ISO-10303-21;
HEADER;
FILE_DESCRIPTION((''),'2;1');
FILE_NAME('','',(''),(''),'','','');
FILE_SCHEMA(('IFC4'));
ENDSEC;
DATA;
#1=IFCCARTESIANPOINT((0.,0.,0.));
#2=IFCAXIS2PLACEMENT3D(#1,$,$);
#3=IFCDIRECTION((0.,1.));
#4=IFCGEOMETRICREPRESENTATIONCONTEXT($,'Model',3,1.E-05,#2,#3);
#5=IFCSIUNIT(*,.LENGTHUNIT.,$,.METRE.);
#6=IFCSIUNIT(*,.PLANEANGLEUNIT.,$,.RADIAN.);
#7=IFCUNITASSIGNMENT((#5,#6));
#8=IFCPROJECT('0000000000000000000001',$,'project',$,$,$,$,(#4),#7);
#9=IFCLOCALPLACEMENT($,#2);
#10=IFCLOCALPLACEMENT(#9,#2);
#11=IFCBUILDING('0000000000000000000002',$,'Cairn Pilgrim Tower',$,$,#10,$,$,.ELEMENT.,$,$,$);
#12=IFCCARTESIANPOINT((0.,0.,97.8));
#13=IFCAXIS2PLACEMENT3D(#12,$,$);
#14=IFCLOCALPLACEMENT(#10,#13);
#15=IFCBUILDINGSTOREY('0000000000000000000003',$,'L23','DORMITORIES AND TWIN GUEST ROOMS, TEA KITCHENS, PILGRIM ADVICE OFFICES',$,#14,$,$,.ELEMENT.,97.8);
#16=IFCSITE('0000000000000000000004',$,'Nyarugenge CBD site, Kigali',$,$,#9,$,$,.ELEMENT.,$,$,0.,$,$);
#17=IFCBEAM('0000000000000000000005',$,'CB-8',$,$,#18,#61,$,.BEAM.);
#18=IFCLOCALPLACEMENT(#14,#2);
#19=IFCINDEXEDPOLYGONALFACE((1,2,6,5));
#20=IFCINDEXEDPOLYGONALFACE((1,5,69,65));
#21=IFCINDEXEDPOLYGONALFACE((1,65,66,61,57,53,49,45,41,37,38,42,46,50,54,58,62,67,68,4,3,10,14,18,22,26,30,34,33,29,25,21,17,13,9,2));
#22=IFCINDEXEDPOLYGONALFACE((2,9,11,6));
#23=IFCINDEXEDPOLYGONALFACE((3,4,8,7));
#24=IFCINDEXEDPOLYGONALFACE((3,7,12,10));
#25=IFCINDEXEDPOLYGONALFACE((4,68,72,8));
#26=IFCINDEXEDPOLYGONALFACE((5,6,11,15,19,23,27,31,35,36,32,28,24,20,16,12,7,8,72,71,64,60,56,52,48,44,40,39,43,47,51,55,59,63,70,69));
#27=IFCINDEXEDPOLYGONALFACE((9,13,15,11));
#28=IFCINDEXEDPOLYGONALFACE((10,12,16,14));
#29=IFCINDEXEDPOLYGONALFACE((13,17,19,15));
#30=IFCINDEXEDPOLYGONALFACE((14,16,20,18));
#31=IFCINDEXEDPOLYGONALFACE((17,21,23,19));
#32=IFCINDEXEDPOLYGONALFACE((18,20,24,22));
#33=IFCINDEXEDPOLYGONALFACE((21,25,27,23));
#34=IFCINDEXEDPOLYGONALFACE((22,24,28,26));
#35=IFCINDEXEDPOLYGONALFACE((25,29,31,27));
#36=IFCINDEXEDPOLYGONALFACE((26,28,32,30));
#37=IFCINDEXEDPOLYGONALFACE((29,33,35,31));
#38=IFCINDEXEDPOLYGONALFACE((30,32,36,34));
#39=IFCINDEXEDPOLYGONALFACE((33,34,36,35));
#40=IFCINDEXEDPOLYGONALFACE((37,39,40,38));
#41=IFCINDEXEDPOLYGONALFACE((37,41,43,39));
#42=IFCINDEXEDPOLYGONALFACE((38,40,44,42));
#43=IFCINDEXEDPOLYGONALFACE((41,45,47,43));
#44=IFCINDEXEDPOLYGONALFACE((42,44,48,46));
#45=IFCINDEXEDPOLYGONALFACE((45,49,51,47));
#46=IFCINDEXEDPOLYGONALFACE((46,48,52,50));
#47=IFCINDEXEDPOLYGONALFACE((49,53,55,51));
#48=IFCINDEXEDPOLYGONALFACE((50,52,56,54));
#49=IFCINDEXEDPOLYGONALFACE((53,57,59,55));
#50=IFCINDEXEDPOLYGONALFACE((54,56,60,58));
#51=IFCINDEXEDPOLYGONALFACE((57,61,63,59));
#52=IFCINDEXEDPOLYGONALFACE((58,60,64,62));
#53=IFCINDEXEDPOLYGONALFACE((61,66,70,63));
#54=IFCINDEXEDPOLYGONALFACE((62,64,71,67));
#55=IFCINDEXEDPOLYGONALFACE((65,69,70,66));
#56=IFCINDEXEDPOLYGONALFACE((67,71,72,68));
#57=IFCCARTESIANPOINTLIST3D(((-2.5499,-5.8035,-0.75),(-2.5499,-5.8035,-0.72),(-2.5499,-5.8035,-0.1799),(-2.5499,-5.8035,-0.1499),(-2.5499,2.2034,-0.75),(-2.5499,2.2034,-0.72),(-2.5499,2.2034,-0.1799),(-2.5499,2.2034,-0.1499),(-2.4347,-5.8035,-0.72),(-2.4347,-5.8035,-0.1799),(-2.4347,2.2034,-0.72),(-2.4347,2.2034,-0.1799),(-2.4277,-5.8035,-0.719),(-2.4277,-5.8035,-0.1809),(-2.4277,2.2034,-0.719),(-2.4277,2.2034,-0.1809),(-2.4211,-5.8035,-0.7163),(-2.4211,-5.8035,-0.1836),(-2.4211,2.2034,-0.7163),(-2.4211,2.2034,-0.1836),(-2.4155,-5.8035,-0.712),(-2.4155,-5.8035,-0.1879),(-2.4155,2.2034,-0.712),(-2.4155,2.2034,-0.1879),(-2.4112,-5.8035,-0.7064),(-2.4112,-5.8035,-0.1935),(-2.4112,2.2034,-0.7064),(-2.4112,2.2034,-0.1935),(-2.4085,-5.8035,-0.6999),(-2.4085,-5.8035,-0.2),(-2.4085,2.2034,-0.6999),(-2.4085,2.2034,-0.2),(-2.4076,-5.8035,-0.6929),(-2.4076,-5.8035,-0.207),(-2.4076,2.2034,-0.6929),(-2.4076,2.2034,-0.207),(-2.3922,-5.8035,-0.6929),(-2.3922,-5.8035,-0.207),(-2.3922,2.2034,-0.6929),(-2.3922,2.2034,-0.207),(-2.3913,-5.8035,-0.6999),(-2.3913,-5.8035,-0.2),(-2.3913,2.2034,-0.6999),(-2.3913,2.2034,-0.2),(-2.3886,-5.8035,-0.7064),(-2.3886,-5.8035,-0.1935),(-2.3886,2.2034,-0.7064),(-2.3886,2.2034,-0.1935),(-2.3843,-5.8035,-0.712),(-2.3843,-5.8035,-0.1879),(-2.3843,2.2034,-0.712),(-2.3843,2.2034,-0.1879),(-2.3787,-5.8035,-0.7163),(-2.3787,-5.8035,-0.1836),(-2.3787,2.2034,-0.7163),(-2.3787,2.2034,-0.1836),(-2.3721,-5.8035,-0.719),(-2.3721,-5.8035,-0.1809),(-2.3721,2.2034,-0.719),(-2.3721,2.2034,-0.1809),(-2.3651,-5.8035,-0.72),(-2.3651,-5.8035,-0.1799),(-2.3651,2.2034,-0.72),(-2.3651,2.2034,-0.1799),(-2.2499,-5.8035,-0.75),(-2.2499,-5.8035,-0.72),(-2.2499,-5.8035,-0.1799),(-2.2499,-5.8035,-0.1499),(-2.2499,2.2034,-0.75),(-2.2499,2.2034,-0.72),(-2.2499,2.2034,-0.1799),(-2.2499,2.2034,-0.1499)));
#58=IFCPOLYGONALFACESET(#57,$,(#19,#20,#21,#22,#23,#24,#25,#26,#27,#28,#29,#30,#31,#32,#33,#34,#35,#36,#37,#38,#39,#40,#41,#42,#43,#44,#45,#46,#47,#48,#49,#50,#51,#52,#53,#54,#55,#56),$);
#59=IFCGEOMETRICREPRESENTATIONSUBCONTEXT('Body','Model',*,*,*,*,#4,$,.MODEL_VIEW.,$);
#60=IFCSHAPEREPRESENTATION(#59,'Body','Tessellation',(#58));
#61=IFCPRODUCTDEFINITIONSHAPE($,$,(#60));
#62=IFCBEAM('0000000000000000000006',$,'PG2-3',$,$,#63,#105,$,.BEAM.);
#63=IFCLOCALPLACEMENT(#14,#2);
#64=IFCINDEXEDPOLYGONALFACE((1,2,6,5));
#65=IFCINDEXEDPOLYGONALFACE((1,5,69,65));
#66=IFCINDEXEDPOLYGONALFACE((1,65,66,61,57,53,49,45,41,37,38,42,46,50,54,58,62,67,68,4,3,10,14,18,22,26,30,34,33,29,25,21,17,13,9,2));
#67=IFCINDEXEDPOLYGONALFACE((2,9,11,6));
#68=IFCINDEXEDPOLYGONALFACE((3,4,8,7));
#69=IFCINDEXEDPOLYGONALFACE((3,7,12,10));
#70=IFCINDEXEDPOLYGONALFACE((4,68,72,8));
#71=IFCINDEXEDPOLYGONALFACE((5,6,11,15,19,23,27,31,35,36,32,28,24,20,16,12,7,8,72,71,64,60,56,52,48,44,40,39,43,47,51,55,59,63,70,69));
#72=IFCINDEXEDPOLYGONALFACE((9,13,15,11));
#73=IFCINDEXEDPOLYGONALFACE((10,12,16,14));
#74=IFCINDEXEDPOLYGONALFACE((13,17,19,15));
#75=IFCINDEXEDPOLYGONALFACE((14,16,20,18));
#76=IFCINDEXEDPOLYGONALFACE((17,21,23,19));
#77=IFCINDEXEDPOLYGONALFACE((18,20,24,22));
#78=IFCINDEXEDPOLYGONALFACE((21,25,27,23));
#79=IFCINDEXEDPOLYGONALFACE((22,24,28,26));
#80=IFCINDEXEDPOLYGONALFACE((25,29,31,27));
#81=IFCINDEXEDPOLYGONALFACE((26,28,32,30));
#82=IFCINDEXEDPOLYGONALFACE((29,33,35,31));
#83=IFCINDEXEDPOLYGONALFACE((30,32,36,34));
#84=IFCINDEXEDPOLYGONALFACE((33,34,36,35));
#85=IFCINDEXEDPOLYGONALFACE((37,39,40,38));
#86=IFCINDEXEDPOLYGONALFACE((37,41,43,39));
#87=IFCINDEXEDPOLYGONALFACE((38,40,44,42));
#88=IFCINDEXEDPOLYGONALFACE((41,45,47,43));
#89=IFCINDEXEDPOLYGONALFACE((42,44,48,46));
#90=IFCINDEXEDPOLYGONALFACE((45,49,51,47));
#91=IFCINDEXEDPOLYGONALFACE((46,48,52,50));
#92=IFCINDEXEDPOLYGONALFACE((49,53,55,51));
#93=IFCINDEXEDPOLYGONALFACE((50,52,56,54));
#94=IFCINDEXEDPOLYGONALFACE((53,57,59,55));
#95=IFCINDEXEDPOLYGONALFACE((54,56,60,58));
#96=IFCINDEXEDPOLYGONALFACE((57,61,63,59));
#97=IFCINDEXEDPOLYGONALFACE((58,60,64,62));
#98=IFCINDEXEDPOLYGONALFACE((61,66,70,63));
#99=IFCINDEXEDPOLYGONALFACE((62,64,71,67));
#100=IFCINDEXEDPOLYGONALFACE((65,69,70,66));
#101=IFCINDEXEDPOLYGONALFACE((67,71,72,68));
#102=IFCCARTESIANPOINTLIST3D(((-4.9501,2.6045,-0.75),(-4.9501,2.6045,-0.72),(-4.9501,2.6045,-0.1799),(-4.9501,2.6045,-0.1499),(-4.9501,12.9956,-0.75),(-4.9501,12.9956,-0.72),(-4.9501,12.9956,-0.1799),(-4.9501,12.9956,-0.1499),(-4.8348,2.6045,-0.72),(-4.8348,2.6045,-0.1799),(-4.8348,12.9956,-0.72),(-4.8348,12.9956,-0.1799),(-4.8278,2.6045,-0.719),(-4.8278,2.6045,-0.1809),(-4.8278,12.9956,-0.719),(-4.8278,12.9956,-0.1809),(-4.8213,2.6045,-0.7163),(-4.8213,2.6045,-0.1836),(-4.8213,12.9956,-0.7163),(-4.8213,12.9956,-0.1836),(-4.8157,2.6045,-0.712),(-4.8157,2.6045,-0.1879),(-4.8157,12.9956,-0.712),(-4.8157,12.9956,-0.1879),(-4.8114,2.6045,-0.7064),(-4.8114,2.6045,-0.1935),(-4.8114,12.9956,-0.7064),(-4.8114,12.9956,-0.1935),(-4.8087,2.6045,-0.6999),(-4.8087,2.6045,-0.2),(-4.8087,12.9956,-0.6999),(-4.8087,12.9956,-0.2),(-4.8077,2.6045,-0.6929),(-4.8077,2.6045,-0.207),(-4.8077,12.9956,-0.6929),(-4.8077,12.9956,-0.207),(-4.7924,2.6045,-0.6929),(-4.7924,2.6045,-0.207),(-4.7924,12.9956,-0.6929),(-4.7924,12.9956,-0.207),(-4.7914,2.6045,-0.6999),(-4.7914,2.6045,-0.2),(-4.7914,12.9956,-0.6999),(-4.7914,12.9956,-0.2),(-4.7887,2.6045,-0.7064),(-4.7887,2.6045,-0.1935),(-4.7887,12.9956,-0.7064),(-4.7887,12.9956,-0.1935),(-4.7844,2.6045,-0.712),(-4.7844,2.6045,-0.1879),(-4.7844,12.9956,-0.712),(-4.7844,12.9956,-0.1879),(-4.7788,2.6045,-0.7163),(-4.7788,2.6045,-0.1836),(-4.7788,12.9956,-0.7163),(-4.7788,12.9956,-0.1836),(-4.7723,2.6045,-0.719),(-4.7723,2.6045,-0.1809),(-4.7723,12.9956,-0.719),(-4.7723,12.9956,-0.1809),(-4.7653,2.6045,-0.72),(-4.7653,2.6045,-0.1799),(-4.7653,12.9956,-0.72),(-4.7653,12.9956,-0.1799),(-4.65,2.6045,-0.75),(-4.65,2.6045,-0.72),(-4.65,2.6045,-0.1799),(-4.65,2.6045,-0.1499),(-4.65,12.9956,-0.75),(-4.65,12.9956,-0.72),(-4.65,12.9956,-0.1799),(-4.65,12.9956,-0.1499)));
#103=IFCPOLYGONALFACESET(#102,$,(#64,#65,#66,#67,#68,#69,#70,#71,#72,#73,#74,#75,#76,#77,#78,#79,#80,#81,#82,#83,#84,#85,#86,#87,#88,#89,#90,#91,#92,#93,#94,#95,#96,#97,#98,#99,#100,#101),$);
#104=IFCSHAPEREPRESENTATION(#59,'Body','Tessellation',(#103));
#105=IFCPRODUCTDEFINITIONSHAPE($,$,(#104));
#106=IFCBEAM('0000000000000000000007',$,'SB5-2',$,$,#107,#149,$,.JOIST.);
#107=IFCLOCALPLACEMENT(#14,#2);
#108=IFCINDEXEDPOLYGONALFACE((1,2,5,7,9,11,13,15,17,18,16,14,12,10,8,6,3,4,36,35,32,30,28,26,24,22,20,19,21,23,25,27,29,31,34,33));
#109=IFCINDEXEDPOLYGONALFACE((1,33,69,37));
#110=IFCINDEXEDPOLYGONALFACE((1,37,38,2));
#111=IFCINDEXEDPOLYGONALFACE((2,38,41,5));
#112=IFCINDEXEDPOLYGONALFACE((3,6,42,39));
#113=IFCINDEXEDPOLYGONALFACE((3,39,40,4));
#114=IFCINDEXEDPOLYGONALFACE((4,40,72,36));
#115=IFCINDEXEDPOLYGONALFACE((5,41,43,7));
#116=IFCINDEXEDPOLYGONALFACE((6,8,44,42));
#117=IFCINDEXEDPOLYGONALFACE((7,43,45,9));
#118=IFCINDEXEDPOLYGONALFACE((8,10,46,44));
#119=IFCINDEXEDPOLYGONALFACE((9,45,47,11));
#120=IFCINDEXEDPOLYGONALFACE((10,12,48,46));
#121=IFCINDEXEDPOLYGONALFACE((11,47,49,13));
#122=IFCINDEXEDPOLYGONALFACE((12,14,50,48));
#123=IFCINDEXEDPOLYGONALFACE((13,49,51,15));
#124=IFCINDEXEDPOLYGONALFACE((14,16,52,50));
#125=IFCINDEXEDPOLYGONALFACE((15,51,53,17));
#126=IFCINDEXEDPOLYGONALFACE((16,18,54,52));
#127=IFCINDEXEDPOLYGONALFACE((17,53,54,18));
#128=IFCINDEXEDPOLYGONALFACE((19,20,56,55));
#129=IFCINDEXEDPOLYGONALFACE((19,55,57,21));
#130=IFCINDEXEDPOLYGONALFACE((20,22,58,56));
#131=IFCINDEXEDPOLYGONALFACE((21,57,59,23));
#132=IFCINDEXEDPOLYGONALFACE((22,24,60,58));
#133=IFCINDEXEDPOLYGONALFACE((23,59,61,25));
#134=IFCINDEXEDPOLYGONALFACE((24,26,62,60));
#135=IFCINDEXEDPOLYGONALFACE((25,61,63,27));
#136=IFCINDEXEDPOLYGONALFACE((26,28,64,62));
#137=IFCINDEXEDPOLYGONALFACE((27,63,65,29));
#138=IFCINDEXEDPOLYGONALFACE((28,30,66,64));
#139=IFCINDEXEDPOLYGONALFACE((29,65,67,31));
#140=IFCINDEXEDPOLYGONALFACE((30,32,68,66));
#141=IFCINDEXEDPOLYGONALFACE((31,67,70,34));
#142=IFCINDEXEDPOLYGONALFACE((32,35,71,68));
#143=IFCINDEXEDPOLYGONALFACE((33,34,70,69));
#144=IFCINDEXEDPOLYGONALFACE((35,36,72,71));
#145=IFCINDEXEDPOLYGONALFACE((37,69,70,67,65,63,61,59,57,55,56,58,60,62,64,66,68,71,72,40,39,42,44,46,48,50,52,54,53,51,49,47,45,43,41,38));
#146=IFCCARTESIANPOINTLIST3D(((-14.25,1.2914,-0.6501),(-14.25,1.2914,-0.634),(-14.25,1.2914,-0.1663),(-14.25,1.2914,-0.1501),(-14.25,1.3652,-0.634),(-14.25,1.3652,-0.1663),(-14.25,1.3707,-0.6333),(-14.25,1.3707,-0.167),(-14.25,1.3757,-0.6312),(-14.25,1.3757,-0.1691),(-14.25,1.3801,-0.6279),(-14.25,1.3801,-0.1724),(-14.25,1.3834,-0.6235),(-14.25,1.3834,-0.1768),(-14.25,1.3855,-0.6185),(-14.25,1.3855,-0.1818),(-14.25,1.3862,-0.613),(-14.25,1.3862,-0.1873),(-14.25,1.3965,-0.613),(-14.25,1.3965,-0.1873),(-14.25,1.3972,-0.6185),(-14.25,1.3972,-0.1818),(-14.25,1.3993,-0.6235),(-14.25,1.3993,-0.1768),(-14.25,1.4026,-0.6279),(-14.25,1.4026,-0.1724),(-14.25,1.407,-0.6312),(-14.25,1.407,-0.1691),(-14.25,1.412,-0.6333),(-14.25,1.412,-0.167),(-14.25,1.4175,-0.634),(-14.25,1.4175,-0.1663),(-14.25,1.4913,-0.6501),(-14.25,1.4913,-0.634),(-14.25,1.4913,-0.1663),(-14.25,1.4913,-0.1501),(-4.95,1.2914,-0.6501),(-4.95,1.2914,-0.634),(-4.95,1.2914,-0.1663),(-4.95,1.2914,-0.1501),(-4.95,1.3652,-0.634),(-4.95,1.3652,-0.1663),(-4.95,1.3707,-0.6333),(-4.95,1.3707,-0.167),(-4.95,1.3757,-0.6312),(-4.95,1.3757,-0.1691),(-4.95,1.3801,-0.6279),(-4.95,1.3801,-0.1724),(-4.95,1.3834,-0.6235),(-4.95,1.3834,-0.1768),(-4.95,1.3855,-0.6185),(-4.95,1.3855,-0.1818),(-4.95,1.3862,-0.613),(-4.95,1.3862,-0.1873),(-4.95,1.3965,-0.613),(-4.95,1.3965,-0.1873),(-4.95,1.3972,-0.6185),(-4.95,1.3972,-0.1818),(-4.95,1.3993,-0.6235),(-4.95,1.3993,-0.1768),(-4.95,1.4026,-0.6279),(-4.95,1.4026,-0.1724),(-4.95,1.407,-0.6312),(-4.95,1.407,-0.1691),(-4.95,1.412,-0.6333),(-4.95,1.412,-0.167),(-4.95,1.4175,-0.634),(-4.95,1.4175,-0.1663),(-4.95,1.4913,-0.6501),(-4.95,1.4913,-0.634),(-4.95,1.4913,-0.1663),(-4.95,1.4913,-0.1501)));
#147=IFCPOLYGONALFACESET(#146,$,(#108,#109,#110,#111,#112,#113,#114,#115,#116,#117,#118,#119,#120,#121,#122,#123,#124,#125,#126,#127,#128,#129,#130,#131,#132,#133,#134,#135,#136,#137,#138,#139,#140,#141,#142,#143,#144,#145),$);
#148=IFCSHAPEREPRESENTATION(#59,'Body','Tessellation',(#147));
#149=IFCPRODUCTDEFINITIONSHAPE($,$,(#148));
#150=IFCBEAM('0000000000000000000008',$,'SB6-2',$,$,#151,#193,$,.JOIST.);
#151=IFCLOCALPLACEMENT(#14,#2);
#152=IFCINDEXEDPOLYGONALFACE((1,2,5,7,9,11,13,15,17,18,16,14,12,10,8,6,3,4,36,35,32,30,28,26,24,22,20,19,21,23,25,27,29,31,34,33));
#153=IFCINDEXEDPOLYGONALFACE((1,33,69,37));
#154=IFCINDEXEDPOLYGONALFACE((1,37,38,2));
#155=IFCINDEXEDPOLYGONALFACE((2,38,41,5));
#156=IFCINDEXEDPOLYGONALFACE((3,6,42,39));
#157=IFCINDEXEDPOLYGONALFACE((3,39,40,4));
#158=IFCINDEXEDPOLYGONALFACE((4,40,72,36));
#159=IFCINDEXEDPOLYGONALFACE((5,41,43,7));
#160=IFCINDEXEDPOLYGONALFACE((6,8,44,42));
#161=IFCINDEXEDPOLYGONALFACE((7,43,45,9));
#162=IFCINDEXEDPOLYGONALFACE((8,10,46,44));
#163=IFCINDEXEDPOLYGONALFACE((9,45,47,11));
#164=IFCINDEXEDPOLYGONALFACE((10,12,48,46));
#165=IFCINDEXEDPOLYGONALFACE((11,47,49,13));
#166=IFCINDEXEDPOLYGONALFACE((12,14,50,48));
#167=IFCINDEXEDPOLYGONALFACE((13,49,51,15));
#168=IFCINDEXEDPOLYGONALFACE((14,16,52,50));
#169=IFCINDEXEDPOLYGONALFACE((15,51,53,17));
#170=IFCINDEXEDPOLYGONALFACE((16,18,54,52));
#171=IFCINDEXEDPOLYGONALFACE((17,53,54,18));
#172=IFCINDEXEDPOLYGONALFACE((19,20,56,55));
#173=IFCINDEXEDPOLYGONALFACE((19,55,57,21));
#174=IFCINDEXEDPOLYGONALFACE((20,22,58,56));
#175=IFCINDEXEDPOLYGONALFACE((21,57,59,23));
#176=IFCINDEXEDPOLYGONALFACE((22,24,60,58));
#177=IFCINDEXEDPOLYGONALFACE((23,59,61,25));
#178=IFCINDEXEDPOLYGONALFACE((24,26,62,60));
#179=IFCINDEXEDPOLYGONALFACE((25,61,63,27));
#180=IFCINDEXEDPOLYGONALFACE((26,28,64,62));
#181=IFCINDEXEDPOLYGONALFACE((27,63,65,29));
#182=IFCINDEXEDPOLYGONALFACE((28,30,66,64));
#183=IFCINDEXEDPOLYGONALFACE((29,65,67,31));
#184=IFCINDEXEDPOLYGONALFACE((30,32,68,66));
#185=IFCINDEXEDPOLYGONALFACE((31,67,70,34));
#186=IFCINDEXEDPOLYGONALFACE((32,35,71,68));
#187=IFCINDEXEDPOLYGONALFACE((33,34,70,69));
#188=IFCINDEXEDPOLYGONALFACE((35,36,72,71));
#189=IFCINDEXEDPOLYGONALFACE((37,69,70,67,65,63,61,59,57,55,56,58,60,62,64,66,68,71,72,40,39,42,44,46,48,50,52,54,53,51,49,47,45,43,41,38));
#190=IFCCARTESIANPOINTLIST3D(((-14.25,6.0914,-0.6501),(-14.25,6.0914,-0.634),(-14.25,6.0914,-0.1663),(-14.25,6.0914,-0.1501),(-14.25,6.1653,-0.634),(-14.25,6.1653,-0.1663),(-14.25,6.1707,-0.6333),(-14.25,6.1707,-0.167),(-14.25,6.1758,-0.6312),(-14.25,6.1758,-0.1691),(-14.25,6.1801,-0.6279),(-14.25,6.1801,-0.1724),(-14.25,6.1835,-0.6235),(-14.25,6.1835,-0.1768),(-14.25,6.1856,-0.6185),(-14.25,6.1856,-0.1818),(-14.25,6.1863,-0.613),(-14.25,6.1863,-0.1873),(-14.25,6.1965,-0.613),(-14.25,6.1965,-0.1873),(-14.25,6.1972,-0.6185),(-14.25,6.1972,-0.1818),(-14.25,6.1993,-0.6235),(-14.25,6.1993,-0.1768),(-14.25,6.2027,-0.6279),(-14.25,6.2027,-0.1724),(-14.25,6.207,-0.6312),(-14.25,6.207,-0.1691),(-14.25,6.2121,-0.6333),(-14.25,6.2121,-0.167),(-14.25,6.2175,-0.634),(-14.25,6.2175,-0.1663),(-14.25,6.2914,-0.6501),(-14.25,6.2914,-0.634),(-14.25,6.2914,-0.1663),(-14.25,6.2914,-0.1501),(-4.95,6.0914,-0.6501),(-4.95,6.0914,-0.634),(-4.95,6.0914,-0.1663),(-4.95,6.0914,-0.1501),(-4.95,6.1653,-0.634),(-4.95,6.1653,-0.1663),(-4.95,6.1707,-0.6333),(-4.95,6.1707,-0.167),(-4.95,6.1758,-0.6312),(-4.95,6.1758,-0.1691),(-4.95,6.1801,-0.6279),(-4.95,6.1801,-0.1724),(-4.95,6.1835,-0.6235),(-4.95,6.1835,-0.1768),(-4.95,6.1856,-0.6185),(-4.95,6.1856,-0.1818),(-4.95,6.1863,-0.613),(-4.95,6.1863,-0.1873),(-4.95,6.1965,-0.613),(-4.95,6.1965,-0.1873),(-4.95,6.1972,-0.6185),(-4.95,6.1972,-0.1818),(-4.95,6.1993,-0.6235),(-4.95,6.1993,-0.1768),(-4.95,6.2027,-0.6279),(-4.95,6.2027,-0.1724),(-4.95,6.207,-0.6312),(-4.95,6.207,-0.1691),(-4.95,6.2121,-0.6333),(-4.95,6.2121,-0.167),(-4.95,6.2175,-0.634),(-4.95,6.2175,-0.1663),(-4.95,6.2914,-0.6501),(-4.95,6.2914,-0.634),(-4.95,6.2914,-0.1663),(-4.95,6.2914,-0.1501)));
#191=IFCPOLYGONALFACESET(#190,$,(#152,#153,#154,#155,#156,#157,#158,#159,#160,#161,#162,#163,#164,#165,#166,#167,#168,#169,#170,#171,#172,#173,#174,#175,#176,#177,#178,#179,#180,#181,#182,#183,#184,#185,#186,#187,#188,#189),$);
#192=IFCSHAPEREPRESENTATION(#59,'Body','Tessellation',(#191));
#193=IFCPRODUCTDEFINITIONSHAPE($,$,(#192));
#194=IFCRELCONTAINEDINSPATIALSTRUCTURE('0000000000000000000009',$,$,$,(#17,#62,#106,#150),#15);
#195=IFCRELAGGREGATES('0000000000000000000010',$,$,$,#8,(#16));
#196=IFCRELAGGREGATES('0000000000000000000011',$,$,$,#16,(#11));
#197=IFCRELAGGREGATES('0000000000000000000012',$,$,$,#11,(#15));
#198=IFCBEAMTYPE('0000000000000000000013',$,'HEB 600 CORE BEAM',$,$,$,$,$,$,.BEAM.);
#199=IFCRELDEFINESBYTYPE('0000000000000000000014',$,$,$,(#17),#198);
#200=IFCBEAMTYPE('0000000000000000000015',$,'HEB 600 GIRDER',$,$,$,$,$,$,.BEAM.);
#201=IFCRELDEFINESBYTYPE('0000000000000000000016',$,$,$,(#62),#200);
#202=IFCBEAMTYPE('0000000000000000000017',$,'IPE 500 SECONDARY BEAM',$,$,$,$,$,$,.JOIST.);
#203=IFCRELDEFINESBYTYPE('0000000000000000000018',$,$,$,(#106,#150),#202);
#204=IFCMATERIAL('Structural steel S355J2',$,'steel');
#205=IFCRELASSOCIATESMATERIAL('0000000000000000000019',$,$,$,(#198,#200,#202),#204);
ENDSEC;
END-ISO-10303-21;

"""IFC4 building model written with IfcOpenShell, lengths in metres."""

from ifc_helpers import new_model, si_unit, direction, frame, origin, origin_2d, place, context, subcontext, project, spatial, i_section, extrude, material, material_profile, profile_set, type_object, element, save


model = new_model("IFC4")

# Units and contexts
model_context = context("Model", 3, precision=1e-05, world=origin(), true_north=direction((0.0, 1.0)))
body_context = subcontext(model_context, "Body", "Model", "MODEL_VIEW")
ifc_project = project(units=[si_unit("LENGTHUNIT", "METRE"), si_unit("PLANEANGLEUNIT", "RADIAN")], contexts=[model_context])

# Site, building, storey
site_placement = place(None, origin())
site = spatial("IfcSite", under=ifc_project, at=site_placement, Name="Nyarugenge CBD site, Kigali", CompositionType="ELEMENT", RefElevation=0.0)
building_placement = place(site_placement, origin())
building = spatial("IfcBuilding", under=site, at=building_placement, Name="Cairn Pilgrim Tower", CompositionType="ELEMENT")
storey_placement = place(building_placement, frame((0.0, 0.0, 97.8)))
storey = spatial("IfcBuildingStorey", under=building, at=storey_placement, Name="L23", Description="DORMITORIES AND TWIN GUEST ROOMS, TEA KITCHENS, PILGRIM ADVICE OFFICES", CompositionType="ELEMENT", Elevation=97.8)

# Beams
ifc_material_1 = material(Name="Structural steel S355J2", Category="steel")
ifc_material_profile_1 = material_profile(ifc_material_1, i_section(OverallWidth=0.3, OverallDepth=0.6001, WebThickness=0.0154, FlangeThickness=0.03, FilletRadius=0.0271, at=origin_2d()), Name="HEB 600")
ifc_profile_set_1 = profile_set([ifc_material_profile_1], Name="Structural steel S355J2")
beam_type_1 = type_object("IfcBeamType", Name="HEB 600 CORE BEAM", PredefinedType="BEAM", material=ifc_profile_set_1)
for number, where, z_axis, x_axis, name in (
    (1, (-2.3999, 2.2034, -0.45), (0.0, -1.0, 0.0), (1.0, 0.0, 0.0), "CB-8"),
):
    element("IfcBeam", number, at=place(storey_placement, frame(where, z_axis=z_axis, x_axis=x_axis)), inside=storey, type_object=beam_type_1, Name=name, PredefinedType="BEAM", context=body_context, shape_type="SweptSolid", body=[
        extrude(i_section(OverallWidth=0.3, OverallDepth=0.6001, WebThickness=0.0154, FlangeThickness=0.03, FilletRadius=0.0271, at=origin_2d()), origin(), (0.0, 0.0, 1.0), 8.0068),
    ])
ifc_material_profile_2 = material_profile(ifc_material_1, i_section(OverallWidth=0.3, OverallDepth=0.6001, WebThickness=0.0154, FlangeThickness=0.03, FilletRadius=0.0271, at=origin_2d()), Name="HEB 600")
ifc_profile_set_2 = profile_set([ifc_material_profile_2], Name="Structural steel S355J2")
beam_type_2 = type_object("IfcBeamType", Name="HEB 600 GIRDER", PredefinedType="BEAM", material=ifc_profile_set_2)
beam_1_placement = place(storey_placement, frame((-4.8, 2.6045, -0.45), z_axis=(0.0, 1.0, 0.0), x_axis=(-1.0, 0.0, 0.0)))
element("IfcBeam", 2, at=beam_1_placement, inside=storey, type_object=beam_type_2, Name="PG2-3", PredefinedType="BEAM", context=body_context, shape_type="SweptSolid", body=[
    extrude(i_section(OverallWidth=0.3, OverallDepth=0.6001, WebThickness=0.0154, FlangeThickness=0.03, FilletRadius=0.0271, at=origin_2d()), origin(), (0.0, 0.0, 1.0), 10.3911),
])
ifc_material_profile_3 = material_profile(ifc_material_1, i_section(OverallWidth=0.2, OverallDepth=0.5, WebThickness=0.0103, FlangeThickness=0.0161, FilletRadius=0.021, at=origin_2d()), Name="IPE 500")
ifc_profile_set_3 = profile_set([ifc_material_profile_3], Name="Structural steel S355J2")
beam_type_3 = type_object("IfcBeamType", Name="IPE 500 SECONDARY BEAM", PredefinedType="JOIST", material=ifc_profile_set_3)
for number, where, z_axis, x_axis, name in (
    (3, (-14.25, 1.3914, -0.4001), (1.0, 0.0, 0.0), (0.0, 1.0, 0.0), "SB5-2"),
    (4, (-14.25, 6.1914, -0.4001), (1.0, 0.0, 0.0), (0.0, 1.0, 0.0), "SB6-2"),
):
    element("IfcBeam", number, at=place(storey_placement, frame(where, z_axis=z_axis, x_axis=x_axis)), inside=storey, type_object=beam_type_3, Name=name, PredefinedType="JOIST", context=body_context, shape_type="SweptSolid", body=[
        extrude(i_section(OverallWidth=0.2, OverallDepth=0.5, WebThickness=0.0103, FlangeThickness=0.0161, FilletRadius=0.021, at=origin_2d()), origin(), (0.0, 0.0, 1.0), 9.3),
    ])

save(model, "model.ifc")
